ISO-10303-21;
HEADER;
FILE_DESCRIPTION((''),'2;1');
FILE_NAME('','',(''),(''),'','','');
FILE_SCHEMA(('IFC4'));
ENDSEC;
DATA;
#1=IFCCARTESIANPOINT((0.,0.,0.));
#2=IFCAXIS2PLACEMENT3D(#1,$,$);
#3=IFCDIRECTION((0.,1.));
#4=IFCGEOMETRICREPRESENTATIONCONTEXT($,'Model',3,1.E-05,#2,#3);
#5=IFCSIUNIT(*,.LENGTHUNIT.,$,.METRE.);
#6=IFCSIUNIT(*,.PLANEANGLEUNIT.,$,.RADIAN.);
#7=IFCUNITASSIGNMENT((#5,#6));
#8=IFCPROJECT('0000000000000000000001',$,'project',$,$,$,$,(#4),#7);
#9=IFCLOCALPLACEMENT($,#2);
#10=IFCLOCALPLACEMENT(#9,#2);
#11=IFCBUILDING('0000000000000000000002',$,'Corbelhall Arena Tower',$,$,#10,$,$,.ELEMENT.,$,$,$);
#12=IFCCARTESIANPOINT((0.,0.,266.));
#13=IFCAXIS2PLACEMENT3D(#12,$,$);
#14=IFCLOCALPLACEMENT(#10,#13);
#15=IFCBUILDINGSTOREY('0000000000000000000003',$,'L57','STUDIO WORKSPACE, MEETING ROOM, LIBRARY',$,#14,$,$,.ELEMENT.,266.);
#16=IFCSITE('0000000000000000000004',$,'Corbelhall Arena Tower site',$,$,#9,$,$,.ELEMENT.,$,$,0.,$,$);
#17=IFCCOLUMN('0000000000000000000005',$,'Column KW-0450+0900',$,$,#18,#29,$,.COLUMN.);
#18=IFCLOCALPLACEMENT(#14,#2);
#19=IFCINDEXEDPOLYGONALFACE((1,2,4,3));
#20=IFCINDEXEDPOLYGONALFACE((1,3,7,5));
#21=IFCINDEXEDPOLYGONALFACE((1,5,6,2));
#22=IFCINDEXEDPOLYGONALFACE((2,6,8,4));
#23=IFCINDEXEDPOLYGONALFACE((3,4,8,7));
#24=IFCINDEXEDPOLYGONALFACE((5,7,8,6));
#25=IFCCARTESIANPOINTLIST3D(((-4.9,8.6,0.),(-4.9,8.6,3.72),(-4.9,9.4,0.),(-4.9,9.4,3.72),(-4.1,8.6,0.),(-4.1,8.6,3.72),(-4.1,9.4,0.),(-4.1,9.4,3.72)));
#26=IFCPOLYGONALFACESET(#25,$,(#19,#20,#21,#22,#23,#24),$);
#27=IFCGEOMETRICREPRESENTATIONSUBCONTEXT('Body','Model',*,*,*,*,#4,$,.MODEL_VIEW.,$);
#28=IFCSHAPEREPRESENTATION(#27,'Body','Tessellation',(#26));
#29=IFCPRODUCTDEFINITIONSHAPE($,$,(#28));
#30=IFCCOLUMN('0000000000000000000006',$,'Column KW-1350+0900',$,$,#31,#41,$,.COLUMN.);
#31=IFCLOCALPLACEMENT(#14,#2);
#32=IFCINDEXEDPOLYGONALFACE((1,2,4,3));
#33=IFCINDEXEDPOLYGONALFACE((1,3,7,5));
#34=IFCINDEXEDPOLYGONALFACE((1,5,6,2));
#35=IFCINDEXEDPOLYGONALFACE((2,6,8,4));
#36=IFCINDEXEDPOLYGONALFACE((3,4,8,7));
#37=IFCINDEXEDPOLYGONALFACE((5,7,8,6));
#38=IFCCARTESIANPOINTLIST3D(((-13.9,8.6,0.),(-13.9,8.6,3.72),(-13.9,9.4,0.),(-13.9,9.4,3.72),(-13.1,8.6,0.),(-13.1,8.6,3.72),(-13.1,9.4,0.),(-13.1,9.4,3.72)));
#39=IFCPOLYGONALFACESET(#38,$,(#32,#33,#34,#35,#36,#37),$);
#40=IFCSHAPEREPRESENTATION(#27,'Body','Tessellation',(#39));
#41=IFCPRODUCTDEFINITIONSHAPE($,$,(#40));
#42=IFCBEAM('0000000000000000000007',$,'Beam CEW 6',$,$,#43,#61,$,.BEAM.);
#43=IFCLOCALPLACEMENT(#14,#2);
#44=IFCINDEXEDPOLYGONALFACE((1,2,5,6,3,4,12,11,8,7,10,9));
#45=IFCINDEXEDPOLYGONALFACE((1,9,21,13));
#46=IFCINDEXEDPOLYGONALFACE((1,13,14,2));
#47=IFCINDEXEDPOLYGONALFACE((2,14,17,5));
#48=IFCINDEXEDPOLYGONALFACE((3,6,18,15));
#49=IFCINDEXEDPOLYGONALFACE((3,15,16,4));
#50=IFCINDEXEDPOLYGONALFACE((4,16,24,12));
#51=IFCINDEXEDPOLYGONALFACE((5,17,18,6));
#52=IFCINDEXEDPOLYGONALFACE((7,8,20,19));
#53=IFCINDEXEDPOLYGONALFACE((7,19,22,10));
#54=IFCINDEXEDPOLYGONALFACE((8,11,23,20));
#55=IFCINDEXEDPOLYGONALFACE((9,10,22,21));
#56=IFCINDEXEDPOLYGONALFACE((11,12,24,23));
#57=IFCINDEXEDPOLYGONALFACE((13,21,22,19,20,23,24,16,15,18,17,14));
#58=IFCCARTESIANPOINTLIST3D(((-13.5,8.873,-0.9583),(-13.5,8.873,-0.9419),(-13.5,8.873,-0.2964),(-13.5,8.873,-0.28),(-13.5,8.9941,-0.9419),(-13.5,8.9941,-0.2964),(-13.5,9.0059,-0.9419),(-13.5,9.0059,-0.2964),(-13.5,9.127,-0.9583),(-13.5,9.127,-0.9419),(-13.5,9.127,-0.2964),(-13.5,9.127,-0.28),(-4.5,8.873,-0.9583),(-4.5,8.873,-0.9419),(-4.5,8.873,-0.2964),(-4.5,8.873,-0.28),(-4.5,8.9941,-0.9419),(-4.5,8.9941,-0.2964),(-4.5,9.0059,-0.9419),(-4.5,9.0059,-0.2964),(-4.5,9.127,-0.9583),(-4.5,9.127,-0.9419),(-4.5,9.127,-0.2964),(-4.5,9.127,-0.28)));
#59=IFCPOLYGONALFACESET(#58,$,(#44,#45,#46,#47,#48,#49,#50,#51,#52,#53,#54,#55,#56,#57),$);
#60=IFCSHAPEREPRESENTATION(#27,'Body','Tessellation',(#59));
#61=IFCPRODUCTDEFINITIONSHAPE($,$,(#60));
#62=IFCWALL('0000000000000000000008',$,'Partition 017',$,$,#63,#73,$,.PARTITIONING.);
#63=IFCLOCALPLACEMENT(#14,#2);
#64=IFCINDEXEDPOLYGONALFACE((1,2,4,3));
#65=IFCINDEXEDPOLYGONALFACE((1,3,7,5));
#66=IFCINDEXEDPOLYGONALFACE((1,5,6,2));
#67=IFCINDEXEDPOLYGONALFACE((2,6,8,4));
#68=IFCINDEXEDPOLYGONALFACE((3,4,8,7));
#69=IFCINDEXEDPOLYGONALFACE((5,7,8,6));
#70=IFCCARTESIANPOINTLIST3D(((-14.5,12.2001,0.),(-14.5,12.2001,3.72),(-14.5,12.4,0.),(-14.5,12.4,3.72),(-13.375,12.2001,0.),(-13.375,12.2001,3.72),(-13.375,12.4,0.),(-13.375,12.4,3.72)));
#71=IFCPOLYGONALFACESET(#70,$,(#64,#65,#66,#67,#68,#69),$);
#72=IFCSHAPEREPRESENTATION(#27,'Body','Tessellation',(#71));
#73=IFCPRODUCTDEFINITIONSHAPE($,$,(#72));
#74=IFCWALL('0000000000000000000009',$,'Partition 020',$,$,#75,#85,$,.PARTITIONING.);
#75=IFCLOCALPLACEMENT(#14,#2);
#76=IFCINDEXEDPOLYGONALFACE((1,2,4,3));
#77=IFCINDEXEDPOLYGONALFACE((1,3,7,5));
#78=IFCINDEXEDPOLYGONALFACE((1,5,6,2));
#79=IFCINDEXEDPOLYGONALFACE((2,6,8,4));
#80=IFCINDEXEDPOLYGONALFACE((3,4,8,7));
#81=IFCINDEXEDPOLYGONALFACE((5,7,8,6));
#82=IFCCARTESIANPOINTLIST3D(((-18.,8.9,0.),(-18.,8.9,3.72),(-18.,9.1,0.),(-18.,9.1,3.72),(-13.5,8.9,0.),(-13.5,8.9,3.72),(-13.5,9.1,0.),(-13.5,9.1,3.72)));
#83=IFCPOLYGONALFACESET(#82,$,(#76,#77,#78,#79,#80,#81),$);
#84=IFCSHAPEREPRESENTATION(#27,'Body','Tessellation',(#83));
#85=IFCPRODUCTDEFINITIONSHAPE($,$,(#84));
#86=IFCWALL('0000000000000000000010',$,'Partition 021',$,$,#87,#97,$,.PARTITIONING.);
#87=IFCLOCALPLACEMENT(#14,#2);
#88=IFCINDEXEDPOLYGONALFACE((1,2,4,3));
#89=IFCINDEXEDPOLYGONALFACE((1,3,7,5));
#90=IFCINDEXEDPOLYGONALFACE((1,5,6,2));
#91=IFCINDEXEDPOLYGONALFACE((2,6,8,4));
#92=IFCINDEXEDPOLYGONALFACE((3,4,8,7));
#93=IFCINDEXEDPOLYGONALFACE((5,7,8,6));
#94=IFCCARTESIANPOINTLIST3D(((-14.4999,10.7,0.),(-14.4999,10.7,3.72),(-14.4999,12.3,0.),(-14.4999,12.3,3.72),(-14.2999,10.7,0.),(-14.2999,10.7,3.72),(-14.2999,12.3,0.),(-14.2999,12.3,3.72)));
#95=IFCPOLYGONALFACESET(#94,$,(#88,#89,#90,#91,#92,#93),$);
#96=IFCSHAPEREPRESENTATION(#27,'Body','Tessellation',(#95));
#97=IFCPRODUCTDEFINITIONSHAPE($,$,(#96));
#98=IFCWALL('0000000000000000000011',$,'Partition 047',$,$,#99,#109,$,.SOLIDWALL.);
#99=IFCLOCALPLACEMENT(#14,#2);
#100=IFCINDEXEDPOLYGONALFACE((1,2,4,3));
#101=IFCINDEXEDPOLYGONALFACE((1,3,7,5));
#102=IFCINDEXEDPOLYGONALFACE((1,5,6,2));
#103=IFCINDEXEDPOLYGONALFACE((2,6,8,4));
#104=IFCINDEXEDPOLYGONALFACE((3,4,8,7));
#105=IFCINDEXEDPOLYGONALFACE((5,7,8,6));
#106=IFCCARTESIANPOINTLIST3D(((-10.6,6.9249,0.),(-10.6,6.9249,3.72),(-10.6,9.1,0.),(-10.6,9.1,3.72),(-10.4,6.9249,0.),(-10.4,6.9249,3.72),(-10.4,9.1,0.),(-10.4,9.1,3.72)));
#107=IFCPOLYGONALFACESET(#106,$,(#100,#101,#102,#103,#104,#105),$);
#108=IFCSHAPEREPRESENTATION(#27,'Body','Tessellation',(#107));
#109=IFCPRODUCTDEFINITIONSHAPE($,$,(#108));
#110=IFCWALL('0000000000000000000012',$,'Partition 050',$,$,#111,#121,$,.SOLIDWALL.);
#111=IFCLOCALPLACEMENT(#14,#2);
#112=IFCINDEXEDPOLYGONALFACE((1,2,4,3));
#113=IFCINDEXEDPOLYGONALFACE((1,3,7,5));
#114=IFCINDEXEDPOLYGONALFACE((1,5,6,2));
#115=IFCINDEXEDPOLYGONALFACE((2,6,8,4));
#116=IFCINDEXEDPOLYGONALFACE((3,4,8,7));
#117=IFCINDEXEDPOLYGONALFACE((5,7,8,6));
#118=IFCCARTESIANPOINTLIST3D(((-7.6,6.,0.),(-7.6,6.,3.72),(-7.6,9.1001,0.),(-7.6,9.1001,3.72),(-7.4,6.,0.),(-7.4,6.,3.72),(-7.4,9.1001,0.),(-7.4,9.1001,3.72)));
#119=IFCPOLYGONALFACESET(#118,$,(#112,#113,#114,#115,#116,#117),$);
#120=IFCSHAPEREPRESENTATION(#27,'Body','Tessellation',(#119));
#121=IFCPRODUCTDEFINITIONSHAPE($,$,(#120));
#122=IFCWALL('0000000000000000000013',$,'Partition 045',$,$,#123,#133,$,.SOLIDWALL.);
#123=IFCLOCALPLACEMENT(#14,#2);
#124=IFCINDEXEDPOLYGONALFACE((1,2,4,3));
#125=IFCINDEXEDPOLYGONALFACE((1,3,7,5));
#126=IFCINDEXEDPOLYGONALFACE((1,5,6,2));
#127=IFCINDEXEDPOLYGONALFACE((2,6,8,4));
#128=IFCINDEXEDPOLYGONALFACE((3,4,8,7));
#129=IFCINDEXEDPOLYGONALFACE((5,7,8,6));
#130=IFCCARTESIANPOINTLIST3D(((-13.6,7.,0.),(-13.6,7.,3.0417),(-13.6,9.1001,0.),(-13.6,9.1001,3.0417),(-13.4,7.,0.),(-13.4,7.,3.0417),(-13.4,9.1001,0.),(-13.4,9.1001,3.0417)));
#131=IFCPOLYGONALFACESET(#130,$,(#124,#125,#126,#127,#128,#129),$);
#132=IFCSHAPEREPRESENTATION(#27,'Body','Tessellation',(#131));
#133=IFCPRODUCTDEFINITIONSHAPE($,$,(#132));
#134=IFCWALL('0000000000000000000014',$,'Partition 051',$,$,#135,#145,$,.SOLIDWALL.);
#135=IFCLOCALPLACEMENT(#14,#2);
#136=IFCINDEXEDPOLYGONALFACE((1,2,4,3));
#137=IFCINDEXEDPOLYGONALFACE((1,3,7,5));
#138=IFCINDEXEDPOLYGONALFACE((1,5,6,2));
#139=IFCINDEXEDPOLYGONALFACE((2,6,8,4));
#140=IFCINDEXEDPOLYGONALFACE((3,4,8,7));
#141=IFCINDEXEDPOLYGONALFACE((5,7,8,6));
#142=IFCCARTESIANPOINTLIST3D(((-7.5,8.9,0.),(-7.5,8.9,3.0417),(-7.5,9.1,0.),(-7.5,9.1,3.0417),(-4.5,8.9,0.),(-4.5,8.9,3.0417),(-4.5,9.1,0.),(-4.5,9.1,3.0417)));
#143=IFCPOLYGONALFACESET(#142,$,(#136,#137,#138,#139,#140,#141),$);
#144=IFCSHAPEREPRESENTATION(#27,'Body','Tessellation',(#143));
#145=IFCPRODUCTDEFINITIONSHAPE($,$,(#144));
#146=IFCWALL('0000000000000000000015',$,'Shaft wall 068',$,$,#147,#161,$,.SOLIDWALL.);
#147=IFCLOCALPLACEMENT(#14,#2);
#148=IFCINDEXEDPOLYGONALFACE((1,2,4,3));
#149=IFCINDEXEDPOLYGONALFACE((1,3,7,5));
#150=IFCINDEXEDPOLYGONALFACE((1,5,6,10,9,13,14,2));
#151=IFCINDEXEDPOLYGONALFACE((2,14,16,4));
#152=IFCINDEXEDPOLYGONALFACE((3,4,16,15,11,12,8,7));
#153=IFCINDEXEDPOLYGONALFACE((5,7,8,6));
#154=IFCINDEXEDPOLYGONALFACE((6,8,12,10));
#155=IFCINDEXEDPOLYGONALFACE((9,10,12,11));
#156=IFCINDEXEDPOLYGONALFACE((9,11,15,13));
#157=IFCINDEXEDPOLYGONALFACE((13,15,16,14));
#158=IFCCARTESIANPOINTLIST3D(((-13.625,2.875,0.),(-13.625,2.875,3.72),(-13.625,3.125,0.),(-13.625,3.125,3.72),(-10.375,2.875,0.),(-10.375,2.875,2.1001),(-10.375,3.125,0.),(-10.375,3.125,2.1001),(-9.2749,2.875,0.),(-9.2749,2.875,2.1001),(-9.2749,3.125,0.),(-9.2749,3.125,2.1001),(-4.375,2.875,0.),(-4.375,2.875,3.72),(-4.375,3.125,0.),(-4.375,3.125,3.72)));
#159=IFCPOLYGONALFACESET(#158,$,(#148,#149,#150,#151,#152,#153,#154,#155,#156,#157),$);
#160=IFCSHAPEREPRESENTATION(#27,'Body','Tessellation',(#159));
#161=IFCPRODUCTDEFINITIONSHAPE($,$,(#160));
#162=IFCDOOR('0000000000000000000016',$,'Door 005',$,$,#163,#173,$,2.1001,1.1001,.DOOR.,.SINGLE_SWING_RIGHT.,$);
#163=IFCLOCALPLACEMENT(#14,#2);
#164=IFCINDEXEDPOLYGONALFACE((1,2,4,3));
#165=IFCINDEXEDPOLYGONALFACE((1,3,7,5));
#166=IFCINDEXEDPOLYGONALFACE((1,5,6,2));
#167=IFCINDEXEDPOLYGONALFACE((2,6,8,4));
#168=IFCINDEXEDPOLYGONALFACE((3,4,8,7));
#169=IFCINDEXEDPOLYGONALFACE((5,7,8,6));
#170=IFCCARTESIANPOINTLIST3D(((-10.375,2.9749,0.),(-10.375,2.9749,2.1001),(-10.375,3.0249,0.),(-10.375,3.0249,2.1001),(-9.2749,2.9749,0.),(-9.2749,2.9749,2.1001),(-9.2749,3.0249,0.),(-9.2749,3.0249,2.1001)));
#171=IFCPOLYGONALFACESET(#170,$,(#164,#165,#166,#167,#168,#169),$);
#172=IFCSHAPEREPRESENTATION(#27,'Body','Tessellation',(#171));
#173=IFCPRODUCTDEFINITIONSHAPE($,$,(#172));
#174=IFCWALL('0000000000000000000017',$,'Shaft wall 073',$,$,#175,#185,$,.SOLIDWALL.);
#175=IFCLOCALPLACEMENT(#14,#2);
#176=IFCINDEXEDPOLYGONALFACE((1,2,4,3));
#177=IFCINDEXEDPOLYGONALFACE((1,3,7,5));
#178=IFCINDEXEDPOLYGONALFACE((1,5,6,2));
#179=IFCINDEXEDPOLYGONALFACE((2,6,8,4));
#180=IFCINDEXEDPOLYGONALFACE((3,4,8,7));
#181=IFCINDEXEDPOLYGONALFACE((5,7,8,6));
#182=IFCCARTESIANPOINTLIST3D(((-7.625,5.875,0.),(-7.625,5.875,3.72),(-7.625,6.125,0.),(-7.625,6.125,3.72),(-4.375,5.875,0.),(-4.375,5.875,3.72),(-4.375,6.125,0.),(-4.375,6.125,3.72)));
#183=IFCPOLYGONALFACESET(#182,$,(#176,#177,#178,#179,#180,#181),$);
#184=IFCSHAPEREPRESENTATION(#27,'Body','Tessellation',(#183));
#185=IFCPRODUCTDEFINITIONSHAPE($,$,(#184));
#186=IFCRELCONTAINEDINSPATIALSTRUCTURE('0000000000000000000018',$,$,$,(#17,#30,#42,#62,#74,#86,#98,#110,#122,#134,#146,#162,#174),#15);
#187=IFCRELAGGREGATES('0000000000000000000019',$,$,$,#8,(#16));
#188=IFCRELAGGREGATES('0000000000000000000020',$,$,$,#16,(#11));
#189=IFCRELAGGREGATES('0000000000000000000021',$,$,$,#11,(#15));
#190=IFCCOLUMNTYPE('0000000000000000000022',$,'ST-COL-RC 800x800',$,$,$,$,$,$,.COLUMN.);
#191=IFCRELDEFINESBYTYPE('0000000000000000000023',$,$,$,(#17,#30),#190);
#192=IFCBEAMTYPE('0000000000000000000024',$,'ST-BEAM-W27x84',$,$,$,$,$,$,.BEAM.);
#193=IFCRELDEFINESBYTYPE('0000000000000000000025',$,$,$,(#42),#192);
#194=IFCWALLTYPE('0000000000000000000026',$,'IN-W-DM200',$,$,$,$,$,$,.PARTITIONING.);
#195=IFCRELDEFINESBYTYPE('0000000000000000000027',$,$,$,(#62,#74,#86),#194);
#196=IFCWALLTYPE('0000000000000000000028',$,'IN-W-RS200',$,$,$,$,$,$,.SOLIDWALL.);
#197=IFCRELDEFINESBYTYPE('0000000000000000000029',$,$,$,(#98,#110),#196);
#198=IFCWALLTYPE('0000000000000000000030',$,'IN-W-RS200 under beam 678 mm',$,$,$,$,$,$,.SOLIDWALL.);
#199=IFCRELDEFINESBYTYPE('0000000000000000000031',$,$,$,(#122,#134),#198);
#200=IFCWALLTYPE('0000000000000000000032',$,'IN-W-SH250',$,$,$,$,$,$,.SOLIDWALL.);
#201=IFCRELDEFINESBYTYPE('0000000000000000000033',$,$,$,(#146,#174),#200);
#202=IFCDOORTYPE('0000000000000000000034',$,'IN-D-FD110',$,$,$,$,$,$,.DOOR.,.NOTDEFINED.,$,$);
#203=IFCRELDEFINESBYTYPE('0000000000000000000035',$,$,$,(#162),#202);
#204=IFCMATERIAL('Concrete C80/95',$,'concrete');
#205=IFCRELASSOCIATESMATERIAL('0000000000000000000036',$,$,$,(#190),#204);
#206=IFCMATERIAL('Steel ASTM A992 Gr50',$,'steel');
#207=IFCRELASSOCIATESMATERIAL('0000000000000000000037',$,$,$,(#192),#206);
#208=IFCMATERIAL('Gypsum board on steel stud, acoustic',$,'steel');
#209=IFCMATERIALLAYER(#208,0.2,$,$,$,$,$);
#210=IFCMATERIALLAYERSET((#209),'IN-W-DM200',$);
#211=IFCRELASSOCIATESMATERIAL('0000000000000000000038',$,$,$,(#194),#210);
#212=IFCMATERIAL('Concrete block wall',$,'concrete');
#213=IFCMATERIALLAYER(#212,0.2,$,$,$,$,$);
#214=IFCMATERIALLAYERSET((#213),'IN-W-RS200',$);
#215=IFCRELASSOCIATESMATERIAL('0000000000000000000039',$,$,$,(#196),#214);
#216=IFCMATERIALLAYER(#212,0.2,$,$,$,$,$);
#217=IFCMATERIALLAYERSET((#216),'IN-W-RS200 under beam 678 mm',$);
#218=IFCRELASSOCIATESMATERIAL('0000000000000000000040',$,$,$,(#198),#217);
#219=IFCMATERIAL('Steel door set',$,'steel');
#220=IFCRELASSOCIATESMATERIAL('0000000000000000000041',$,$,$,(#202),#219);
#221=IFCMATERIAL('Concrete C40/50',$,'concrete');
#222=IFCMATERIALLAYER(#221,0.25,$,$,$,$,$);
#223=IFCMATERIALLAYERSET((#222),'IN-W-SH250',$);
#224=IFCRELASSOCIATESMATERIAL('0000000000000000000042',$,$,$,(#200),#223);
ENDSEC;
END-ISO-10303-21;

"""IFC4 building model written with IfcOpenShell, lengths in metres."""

from ifc_helpers import new_model, si_unit, direction, frame, frame_2d, origin, origin_2d, place, context, subcontext, project, spatial, rectangle, i_section, extrude, material, layer, layer_set, material_profile, profile_set, type_object, element, fill, save


model = new_model("IFC4")

# Units and contexts
model_context = context("Model", 3, precision=1e-05, world=origin(), true_north=direction((0.0, 1.0)))
body_context = subcontext(model_context, "Body", "Model", "MODEL_VIEW")
ifc_project = project(units=[si_unit("LENGTHUNIT", "METRE"), si_unit("PLANEANGLEUNIT", "RADIAN")], contexts=[model_context])

# Site, building, storey
site_placement = place(None, origin())
site = spatial("IfcSite", under=ifc_project, at=site_placement, Name="Corbelhall Arena Tower site", CompositionType="ELEMENT", RefElevation=0.0)
building_placement = place(site_placement, origin())
building = spatial("IfcBuilding", under=site, at=building_placement, Name="Corbelhall Arena Tower", CompositionType="ELEMENT")
storey_placement = place(building_placement, frame((0.0, 0.0, 266.0)))
storey = spatial("IfcBuildingStorey", under=building, at=storey_placement, Name="L57", Description="STUDIO WORKSPACE, MEETING ROOM, LIBRARY", CompositionType="ELEMENT", Elevation=266.0)

# Columns
ifc_material_1 = material(Name="Concrete C80/95", Category="concrete")
ifc_material_profile_1 = material_profile(ifc_material_1, rectangle(XDim=0.8, YDim=0.8, at=origin_2d()))
ifc_profile_set_1 = profile_set([ifc_material_profile_1], Name="Concrete C80/95")
column_type = type_object("IfcColumnType", Name="ST-COL-RC 800x800", PredefinedType="COLUMN", material=ifc_profile_set_1)
for number, where, z_axis, x_axis, name in (
    (1, (-4.5, 9.0, 0.0), (0.0, 0.0, 1.0), (1.0, 0.0, 0.0), "Column KW-0450+0900"),
    (2, (-13.5, 9.0, 0.0), (0.0, 0.0, 1.0), (1.0, 0.0, 0.0), "Column KW-1350+0900"),
):
    element("IfcColumn", number, at=place(storey_placement, frame(where, z_axis=z_axis, x_axis=x_axis)), inside=storey, type_object=column_type, Name=name, PredefinedType="COLUMN", context=body_context, shape_type="SweptSolid", body=[
        extrude(rectangle(XDim=0.8, YDim=0.8, at=origin_2d()), origin(), (0.0, 0.0, 1.0), 3.72),
    ])

# Beam
ifc_material_2 = material(Name="Steel ASTM A992 Gr50", Category="steel")
ifc_material_profile_2 = material_profile(ifc_material_2, i_section(OverallWidth=0.2539, OverallDepth=0.6782, WebThickness=0.0117, FlangeThickness=0.0164, at=origin_2d()))
ifc_profile_set_2 = profile_set([ifc_material_profile_2], Name="Steel ASTM A992 Gr50")
beam_type = type_object("IfcBeamType", Name="ST-BEAM-W27x84", PredefinedType="BEAM", material=ifc_profile_set_2)
beam_placement = place(storey_placement, frame((-13.5, 9.0, -0.6191), z_axis=(1.0, 0.0, 0.0), x_axis=(0.0, 1.0, 0.0)))
element("IfcBeam", 3, at=beam_placement, inside=storey, type_object=beam_type, Name="Beam CEW 6", PredefinedType="BEAM", context=body_context, shape_type="SweptSolid", body=[
    extrude(i_section(OverallWidth=0.2539, OverallDepth=0.6782, WebThickness=0.0117, FlangeThickness=0.0164, at=origin_2d()), origin(), (0.0, 0.0, 1.0), 9.0),
])

# Walls
ifc_material_3 = material(Name="Gypsum board on steel stud, acoustic", Category="steel")
ifc_layer_1 = layer(ifc_material_3, 0.2)
ifc_layer_set_1 = layer_set([ifc_layer_1], Name="IN-W-DM200")
wall_type_1 = type_object("IfcWallType", Name="IN-W-DM200", PredefinedType="PARTITIONING", material=ifc_layer_set_1)
wall_1_placement = place(storey_placement, frame((-14.5, 12.3, 0.0), z_axis=(0.0, 0.0, 1.0), x_axis=(1.0, 0.0, 0.0)))
element("IfcWall", 4, at=wall_1_placement, inside=storey, type_object=wall_type_1, Name="Partition 017", PredefinedType="PARTITIONING", context=body_context, shape_type="SweptSolid", body=[
    extrude(rectangle(XDim=1.125, YDim=0.2, at=frame_2d((0.5625, 0.0))), origin(), (0.0, 0.0, 1.0), 3.72),
])
wall_2_placement = place(storey_placement, frame((-13.5, 9.0, 0.0), z_axis=(0.0, 0.0, 1.0), x_axis=(-1.0, 0.0, 0.0)))
element("IfcWall", 5, at=wall_2_placement, inside=storey, type_object=wall_type_1, Name="Partition 020", PredefinedType="PARTITIONING", context=body_context, shape_type="SweptSolid", body=[
    extrude(rectangle(XDim=4.5, YDim=0.2, at=frame_2d((2.25, 0.0))), origin(), (0.0, 0.0, 1.0), 3.72),
])
wall_3_placement = place(storey_placement, frame((-14.3999, 10.7, 0.0), z_axis=(0.0, 0.0, 1.0), x_axis=(0.0, 1.0, 0.0)))
element("IfcWall", 6, at=wall_3_placement, inside=storey, type_object=wall_type_1, Name="Partition 021", PredefinedType="PARTITIONING", context=body_context, shape_type="SweptSolid", body=[
    extrude(rectangle(XDim=1.6001, YDim=0.2, at=frame_2d((0.8, 0.0))), origin(), (0.0, 0.0, 1.0), 3.72),
])
ifc_material_4 = material(Name="Concrete block wall", Category="concrete")
ifc_layer_2 = layer(ifc_material_4, 0.2)
ifc_layer_set_2 = layer_set([ifc_layer_2], Name="IN-W-RS200")
wall_type_2 = type_object("IfcWallType", Name="IN-W-RS200", PredefinedType="SOLIDWALL", material=ifc_layer_set_2)
wall_4_placement = place(storey_placement, frame((-10.5, 6.925, 0.0), z_axis=(0.0, 0.0, 1.0), x_axis=(0.0, 1.0, 0.0)))
element("IfcWall", 7, at=wall_4_placement, inside=storey, type_object=wall_type_2, Name="Partition 047", PredefinedType="SOLIDWALL", context=body_context, shape_type="SweptSolid", body=[
    extrude(rectangle(XDim=2.175, YDim=0.2, at=frame_2d((1.0874, 0.0))), origin(), (0.0, 0.0, 1.0), 3.72),
])
wall_5_placement = place(storey_placement, frame((-7.5, 6.0, 0.0), z_axis=(0.0, 0.0, 1.0), x_axis=(0.0, 1.0, 0.0)))
element("IfcWall", 8, at=wall_5_placement, inside=storey, type_object=wall_type_2, Name="Partition 050", PredefinedType="SOLIDWALL", context=body_context, shape_type="SweptSolid", body=[
    extrude(rectangle(XDim=3.1001, YDim=0.2, at=frame_2d((1.55, 0.0))), origin(), (0.0, 0.0, 1.0), 3.72),
])

# Shared definitions
ifc_layer_3 = layer(ifc_material_4, 0.2)
ifc_layer_set_3 = layer_set([ifc_layer_3], Name="IN-W-RS200 under beam 678 mm")
wall_type_3 = type_object("IfcWallType", Name="IN-W-RS200 under beam 678 mm", PredefinedType="SOLIDWALL", material=ifc_layer_set_3)
ifc_material_5 = material(Name="Steel door set", Category="steel")
door_type_1 = type_object("IfcDoorType", Name="IN-D-FD110", OperationType="NOTDEFINED", PredefinedType="DOOR", material=ifc_material_5)

# Walls
wall_6_placement = place(storey_placement, frame((-13.5, 7.0, 0.0), z_axis=(0.0, 0.0, 1.0), x_axis=(0.0, 1.0, 0.0)))
element("IfcWall", 9, at=wall_6_placement, inside=storey, type_object=wall_type_3, Name="Partition 045", PredefinedType="SOLIDWALL", context=body_context, shape_type="SweptSolid", body=[
    extrude(rectangle(XDim=2.1001, YDim=0.2, at=frame_2d((1.05, 0.0))), origin(), (0.0, 0.0, 1.0), 3.0417),
])
wall_7_placement = place(storey_placement, frame((-7.5, 9.0, 0.0), z_axis=(0.0, 0.0, 1.0), x_axis=(1.0, 0.0, 0.0)))
element("IfcWall", 10, at=wall_7_placement, inside=storey, type_object=wall_type_3, Name="Partition 051", PredefinedType="SOLIDWALL", context=body_context, shape_type="SweptSolid", body=[
    extrude(rectangle(XDim=3.0, YDim=0.2, at=frame_2d((1.5, 0.0))), origin(), (0.0, 0.0, 1.0), 3.0417),
])

# Wall, opening, door
ifc_material_6 = material(Name="Concrete C40/50", Category="concrete")
ifc_layer_4 = layer(ifc_material_6, 0.25)
ifc_layer_set_4 = layer_set([ifc_layer_4], Name="IN-W-SH250")
wall_type_4 = type_object("IfcWallType", Name="IN-W-SH250", PredefinedType="SOLIDWALL", material=ifc_layer_set_4)
wall_8_placement = place(storey_placement, frame((-13.625, 3.0, 0.0), z_axis=(0.0, 0.0, 1.0), x_axis=(1.0, 0.0, 0.0)))
wall_8 = element("IfcWall", 11, at=wall_8_placement, inside=storey, type_object=wall_type_4, Name="Shaft wall 068", PredefinedType="SOLIDWALL", context=body_context, shape_type="SweptSolid", body=[
    extrude(rectangle(XDim=9.25, YDim=0.25, at=frame_2d((4.625, 0.0))), origin(), (0.0, 0.0, 1.0), 3.72),
])
opening_1_placement = place(wall_8_placement, frame((3.25, 0.0, 0.0)))
opening_1 = element("IfcOpeningElement", 12, at=opening_1_placement, cuts=wall_8, PredefinedType="OPENING", context=body_context, shape_type="SweptSolid", body=[
    extrude(rectangle(XDim=1.1001, YDim=2.1001, at=frame_2d((0.55, 1.05))), frame((0.0, 0.125, 0.0), z_axis=(0.0, -1.0, 0.0), x_axis=(1.0, 0.0, 0.0)), (0.0, 0.0, 1.0), 0.25),
])
door_1_placement = place(opening_1_placement, origin())
door_1 = element("IfcDoor", 13, at=door_1_placement, inside=storey, type_object=door_type_1, Name="Door 005", OperationType="SINGLE_SWING_RIGHT", OverallHeight=2.1001, OverallWidth=1.1001, PredefinedType="DOOR", context=body_context, shape_type="SweptSolid", body=[
    extrude(rectangle(XDim=1.1001, YDim=2.1001, at=frame_2d((0.55, 1.05))), frame((0.0, 0.0249, 0.0), z_axis=(0.0, -1.0, 0.0), x_axis=(1.0, 0.0, 0.0)), (0.0, 0.0, 1.0), 0.05),
])
fill(opening_1, door_1)

# Wall
wall_9_placement = place(storey_placement, frame((-7.625, 6.0, 0.0), z_axis=(0.0, 0.0, 1.0), x_axis=(1.0, 0.0, 0.0)))
element("IfcWall", 14, at=wall_9_placement, inside=storey, type_object=wall_type_4, Name="Shaft wall 073", PredefinedType="SOLIDWALL", context=body_context, shape_type="SweptSolid", body=[
    extrude(rectangle(XDim=3.25, YDim=0.25, at=frame_2d((1.625, 0.0))), origin(), (0.0, 0.0, 1.0), 3.72),
])

save(model, "model.ifc")
